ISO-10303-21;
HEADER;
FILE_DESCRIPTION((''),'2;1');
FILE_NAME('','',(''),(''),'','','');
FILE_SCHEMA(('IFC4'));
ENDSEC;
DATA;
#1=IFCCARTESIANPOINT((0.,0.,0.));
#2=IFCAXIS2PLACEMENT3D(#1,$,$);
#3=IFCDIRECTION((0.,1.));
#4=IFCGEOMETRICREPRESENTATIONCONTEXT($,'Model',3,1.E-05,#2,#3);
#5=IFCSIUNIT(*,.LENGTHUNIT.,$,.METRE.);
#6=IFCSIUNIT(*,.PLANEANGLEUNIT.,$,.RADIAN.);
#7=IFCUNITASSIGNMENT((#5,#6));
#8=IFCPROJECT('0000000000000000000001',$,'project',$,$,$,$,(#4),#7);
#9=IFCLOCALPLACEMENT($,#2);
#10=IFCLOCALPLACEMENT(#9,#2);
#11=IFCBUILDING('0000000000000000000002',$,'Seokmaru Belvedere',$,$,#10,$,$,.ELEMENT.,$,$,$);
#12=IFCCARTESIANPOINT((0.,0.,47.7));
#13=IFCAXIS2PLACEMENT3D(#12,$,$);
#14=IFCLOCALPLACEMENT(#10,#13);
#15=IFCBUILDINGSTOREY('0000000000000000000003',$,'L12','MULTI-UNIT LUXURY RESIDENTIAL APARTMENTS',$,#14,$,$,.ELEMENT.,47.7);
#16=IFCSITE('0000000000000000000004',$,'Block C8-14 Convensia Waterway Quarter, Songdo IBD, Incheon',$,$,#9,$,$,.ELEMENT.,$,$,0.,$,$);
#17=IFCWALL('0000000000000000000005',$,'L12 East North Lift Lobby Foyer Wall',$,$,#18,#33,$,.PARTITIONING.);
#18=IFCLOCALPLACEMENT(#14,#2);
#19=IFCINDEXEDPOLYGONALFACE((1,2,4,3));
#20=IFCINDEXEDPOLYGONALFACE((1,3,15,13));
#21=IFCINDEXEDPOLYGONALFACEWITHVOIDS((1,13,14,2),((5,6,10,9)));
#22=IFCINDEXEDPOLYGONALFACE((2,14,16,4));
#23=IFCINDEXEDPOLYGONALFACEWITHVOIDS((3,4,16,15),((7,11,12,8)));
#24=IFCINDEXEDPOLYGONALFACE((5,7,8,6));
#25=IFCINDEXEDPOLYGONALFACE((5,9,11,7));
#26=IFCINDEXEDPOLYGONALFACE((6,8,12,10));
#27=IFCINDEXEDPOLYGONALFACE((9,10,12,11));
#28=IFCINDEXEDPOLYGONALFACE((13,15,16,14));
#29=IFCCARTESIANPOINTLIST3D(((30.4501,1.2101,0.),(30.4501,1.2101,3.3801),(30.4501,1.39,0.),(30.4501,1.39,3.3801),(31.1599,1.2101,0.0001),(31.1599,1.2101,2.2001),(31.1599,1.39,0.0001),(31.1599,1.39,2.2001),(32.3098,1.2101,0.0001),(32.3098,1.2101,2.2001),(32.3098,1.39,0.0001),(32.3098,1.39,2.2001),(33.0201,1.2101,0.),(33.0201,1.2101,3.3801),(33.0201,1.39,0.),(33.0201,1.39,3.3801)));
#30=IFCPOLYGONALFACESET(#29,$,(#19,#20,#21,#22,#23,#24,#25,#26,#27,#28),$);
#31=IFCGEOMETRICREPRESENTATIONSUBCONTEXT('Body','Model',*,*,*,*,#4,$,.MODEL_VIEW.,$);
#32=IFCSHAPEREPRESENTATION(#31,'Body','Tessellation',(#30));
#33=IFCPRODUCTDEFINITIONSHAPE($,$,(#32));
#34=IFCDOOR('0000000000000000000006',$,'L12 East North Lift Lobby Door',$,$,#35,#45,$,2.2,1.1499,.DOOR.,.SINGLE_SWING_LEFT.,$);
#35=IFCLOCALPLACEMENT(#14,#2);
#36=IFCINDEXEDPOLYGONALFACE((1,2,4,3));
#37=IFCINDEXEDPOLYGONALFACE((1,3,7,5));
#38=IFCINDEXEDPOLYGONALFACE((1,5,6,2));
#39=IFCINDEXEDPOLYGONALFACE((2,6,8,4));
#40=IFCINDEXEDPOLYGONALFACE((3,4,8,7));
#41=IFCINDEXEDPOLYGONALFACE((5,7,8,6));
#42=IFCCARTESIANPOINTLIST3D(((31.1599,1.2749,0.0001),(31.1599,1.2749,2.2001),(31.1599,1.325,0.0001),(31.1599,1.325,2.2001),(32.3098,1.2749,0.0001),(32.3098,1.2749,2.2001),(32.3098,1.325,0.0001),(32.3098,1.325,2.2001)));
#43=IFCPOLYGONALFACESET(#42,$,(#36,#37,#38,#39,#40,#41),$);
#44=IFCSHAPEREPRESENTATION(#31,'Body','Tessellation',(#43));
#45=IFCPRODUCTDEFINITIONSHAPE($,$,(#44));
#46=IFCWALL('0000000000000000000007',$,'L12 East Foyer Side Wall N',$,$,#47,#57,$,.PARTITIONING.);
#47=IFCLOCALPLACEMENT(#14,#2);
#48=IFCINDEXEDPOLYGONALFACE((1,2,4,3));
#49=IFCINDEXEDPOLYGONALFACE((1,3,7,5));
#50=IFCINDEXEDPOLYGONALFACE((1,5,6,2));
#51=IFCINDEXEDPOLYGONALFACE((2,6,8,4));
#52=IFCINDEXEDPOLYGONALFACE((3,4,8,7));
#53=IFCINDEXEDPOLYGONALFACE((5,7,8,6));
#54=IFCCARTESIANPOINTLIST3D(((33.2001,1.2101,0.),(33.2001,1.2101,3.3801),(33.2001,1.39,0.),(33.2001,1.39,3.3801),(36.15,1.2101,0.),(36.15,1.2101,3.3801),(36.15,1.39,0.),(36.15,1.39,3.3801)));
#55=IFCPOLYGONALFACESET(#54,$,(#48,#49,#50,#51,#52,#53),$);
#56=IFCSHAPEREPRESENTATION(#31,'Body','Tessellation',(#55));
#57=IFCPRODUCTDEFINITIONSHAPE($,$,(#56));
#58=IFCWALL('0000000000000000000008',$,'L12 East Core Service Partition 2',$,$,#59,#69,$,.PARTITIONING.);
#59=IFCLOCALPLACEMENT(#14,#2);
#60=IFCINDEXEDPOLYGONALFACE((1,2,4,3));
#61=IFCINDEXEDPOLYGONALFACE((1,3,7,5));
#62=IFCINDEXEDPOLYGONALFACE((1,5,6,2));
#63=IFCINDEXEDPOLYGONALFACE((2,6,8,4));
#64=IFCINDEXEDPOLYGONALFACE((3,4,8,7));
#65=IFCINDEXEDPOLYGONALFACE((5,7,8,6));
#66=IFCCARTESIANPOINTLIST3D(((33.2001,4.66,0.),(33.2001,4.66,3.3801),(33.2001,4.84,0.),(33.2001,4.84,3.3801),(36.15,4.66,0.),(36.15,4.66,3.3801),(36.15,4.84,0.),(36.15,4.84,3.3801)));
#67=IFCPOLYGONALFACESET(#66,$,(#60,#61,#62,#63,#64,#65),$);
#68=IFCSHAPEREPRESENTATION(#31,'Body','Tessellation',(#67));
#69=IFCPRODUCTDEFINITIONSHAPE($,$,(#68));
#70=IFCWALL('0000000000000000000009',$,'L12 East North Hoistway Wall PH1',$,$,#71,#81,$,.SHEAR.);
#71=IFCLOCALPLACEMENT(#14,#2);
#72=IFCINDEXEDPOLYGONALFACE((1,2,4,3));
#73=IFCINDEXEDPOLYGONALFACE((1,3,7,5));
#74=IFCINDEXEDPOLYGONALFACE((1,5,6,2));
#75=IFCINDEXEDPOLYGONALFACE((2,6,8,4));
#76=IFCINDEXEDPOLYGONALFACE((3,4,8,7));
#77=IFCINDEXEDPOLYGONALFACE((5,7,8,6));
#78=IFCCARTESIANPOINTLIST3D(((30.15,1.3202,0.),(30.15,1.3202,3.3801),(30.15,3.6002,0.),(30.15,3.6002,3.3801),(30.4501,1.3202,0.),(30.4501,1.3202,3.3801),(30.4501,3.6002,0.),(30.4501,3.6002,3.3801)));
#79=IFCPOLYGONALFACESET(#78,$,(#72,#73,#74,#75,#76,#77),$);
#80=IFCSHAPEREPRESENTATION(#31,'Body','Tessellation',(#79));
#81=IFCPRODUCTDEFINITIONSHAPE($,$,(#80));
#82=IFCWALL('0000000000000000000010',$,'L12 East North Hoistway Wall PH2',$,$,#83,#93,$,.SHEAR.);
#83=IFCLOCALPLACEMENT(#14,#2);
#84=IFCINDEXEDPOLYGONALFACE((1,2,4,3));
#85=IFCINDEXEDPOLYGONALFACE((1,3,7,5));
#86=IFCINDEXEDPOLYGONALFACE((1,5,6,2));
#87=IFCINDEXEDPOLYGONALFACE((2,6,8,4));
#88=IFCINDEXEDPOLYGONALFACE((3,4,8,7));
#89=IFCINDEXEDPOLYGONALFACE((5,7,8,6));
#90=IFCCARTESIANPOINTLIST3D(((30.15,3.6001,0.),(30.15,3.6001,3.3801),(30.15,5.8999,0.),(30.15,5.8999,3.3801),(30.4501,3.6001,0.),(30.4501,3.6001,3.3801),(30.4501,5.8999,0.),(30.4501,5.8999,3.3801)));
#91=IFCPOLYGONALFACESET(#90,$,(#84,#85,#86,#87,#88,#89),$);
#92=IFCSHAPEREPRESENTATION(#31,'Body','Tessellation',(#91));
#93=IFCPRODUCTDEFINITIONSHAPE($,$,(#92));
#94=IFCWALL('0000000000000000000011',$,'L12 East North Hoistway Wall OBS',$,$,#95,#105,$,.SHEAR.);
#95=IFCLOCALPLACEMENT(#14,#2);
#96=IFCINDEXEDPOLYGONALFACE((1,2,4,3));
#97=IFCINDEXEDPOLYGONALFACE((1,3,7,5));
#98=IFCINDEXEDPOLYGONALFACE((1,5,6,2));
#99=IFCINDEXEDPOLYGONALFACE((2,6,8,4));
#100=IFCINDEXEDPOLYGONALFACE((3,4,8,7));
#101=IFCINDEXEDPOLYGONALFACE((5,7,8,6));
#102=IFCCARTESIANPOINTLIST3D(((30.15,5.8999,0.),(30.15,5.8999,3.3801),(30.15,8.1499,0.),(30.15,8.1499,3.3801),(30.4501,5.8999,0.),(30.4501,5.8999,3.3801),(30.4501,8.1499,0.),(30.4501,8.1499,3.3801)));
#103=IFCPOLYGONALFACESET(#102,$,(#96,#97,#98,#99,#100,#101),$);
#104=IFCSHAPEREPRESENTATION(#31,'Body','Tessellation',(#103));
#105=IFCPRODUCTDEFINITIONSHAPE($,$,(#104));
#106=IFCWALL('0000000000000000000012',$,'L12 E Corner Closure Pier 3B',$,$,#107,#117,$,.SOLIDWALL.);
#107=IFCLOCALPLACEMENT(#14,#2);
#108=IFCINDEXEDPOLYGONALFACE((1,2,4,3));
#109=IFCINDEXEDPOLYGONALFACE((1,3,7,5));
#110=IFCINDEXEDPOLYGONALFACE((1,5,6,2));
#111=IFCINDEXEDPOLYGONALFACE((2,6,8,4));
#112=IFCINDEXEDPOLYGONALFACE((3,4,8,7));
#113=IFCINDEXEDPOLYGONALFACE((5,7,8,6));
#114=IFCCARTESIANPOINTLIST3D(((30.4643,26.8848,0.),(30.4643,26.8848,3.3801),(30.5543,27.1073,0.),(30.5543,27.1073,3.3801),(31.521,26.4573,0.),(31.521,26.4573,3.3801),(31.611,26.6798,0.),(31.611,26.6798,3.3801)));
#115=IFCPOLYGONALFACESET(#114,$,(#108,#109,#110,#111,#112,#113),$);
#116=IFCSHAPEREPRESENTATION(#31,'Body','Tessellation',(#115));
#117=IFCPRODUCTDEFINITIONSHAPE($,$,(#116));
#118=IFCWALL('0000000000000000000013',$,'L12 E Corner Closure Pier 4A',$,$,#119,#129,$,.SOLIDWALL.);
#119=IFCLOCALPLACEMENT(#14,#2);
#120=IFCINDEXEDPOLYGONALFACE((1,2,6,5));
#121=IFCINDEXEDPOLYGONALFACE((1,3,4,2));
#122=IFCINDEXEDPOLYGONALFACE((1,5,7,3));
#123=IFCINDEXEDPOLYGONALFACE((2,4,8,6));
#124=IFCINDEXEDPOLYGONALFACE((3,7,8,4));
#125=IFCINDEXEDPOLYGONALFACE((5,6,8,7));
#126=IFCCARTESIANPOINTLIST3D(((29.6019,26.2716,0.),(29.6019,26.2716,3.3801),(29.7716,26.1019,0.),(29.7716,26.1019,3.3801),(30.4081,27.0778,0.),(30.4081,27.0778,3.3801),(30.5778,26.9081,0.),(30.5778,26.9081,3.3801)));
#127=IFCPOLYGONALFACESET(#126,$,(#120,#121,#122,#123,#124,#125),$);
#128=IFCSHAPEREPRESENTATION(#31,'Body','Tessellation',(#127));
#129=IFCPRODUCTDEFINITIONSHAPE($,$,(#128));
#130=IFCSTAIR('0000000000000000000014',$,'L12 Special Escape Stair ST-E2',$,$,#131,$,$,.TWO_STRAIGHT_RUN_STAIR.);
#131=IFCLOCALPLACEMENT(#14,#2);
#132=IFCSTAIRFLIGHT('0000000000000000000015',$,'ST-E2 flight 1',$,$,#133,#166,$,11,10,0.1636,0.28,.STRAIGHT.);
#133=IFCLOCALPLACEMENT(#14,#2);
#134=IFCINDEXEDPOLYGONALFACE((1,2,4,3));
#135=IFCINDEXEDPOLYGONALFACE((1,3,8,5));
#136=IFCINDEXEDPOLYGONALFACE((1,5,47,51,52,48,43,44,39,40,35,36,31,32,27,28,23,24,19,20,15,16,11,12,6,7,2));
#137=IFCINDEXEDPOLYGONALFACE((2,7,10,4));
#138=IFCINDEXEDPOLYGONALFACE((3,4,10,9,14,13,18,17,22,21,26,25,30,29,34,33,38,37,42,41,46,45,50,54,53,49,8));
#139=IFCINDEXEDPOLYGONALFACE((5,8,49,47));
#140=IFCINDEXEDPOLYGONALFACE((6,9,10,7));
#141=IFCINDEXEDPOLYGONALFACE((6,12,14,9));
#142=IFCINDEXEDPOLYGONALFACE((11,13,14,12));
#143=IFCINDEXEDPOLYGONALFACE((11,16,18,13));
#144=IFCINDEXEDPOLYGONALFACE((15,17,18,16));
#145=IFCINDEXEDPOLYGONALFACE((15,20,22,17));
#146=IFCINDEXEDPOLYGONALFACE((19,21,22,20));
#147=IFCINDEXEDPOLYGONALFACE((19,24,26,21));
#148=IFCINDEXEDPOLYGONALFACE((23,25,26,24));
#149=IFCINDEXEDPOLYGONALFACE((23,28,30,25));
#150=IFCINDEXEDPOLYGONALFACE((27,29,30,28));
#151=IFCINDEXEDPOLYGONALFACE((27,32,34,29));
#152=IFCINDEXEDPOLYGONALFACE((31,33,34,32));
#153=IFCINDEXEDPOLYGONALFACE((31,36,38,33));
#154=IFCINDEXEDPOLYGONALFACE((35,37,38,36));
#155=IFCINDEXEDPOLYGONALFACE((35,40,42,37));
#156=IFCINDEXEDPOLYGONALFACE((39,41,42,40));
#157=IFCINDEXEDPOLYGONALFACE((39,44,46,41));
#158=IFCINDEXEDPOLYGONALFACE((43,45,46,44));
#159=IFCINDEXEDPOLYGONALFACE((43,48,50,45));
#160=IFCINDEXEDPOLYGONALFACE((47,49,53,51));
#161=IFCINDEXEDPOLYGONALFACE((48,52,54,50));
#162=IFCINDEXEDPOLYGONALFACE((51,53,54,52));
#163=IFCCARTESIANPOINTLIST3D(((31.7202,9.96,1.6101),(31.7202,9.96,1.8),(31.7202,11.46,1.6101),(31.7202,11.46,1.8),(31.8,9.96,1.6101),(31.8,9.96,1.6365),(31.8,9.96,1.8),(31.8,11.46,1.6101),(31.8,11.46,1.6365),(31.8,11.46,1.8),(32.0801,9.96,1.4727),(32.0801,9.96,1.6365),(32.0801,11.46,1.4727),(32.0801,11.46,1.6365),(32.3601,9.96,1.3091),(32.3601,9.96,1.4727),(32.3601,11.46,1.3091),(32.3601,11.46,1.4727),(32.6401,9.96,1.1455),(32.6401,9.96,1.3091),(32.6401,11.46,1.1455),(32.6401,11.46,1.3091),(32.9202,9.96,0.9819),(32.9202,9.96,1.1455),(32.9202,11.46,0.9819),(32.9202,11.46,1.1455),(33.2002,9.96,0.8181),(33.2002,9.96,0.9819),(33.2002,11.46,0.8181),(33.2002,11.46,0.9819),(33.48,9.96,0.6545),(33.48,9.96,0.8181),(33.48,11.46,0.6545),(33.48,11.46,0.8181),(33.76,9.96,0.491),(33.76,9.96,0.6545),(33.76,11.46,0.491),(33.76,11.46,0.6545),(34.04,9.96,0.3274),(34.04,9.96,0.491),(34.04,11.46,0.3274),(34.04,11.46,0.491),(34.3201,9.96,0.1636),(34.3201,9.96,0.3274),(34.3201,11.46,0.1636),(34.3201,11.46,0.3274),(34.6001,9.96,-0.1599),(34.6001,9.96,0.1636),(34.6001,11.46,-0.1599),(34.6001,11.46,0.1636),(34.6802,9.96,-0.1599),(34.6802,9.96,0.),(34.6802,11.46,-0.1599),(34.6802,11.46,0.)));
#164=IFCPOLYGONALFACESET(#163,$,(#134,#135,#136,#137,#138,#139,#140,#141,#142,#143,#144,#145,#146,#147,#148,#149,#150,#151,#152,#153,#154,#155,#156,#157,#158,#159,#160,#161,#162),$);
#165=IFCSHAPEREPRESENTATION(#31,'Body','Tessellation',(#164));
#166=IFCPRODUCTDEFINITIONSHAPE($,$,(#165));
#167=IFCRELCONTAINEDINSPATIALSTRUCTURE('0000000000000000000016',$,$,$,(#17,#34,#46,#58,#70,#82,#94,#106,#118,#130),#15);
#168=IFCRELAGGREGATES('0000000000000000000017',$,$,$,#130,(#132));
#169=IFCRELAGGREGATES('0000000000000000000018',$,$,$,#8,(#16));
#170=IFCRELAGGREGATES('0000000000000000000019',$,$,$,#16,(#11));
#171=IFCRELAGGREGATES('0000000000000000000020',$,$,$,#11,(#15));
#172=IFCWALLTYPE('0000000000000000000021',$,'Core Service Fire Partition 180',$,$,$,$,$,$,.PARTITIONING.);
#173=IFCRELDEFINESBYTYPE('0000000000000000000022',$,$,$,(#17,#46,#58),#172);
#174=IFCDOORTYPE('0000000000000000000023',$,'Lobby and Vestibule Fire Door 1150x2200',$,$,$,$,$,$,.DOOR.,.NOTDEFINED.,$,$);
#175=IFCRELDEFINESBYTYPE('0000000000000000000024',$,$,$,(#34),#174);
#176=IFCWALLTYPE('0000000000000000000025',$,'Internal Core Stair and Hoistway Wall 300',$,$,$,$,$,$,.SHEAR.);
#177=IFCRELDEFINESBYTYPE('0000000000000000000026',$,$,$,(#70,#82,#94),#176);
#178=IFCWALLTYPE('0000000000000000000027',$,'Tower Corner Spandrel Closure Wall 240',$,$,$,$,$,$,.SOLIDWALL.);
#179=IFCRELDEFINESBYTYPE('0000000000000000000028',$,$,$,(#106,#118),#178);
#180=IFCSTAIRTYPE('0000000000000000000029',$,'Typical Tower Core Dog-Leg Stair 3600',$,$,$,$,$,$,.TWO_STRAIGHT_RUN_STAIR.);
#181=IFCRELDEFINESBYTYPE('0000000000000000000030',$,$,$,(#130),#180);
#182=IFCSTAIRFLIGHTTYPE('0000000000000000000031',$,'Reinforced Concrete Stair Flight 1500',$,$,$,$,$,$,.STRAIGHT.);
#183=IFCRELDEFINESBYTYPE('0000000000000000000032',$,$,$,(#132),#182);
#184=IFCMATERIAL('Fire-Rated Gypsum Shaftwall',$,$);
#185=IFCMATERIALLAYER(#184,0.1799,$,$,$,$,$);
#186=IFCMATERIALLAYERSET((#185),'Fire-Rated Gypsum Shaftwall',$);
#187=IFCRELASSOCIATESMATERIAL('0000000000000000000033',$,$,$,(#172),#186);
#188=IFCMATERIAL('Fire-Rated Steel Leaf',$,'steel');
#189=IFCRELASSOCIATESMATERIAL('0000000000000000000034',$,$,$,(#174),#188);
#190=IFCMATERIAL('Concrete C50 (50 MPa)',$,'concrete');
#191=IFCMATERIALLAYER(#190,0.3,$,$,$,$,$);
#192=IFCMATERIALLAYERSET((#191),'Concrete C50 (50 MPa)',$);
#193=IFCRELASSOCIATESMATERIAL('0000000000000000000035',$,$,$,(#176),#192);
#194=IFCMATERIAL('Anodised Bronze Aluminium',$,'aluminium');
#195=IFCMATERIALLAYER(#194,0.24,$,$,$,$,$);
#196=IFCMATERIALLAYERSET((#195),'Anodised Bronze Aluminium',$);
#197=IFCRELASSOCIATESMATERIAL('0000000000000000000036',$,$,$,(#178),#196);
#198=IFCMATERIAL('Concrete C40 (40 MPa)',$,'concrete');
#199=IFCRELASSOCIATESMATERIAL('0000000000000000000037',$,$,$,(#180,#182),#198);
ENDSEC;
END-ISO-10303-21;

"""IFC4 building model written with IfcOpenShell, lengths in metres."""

from ifc_helpers import new_model, si_unit, direction, frame, frame_2d, origin, place, context, subcontext, project, spatial, polyline, rectangle, outline, extrude, source, transform, mapped, material, layer, layer_set, type_object, type_shapes, element, fill, aggregate, save


model = new_model("IFC4")

# Units and contexts
model_context = context("Model", 3, precision=1e-05, world=origin(), true_north=direction((0.0, 1.0)))
body_context = subcontext(model_context, "Body", "Model", "MODEL_VIEW")
ifc_project = project(units=[si_unit("LENGTHUNIT", "METRE"), si_unit("PLANEANGLEUNIT", "RADIAN")], contexts=[model_context])

# Site, building, storey
site_placement = place(None, origin())
site = spatial("IfcSite", under=ifc_project, at=site_placement, Name="Block C8-14 Convensia Waterway Quarter, Songdo IBD, Incheon", CompositionType="ELEMENT", RefElevation=0.0)
building_placement = place(site_placement, origin())
building = spatial("IfcBuilding", under=site, at=building_placement, Name="Seokmaru Belvedere", CompositionType="ELEMENT")
storey_placement = place(building_placement, frame((0.0, 0.0, 47.7)))
storey = spatial("IfcBuildingStorey", under=building, at=storey_placement, Name="L12", Description="MULTI-UNIT LUXURY RESIDENTIAL APARTMENTS", CompositionType="ELEMENT", Elevation=47.7)

# Shared definitions
ifc_material_1 = material(Name="Anodised Bronze Aluminium", Category="aluminium")

# Shared definitions
ifc_material_2 = material(Name="Fire-Rated Gypsum Shaftwall")
ifc_layer_1 = layer(ifc_material_2, 0.1799)
ifc_layer_set_1 = layer_set([ifc_layer_1], Name="Fire-Rated Gypsum Shaftwall")
wall_type_1 = type_object("IfcWallType", Name="Core Service Fire Partition 180", PredefinedType="PARTITIONING", material=ifc_layer_set_1)

# Wall, opening, door
wall_1_placement = place(storey_placement, frame((30.45, 1.3, 0.0), z_axis=(0.0, 0.0, 1.0), x_axis=(1.0, 0.0, 0.0)))
wall_1 = element("IfcWall", 1, at=wall_1_placement, inside=storey, type_object=wall_type_1, Name="L12 East North Lift Lobby Foyer Wall", PredefinedType="PARTITIONING", context=body_context, shape_type="SweptSolid", body=[
    extrude(rectangle(XDim=2.5701, YDim=0.1799, at=frame_2d((1.2852, 0.0))), origin(), (0.0, 0.0, 1.0), 3.3801),
])
opening_1_placement = place(wall_1_placement, frame((0.71, 0.0, 0.0)))
opening_1 = element("IfcOpeningElement", 2, at=opening_1_placement, cuts=wall_1, PredefinedType="OPENING", context=body_context, shape_type="SweptSolid", body=[
    extrude(rectangle(XDim=1.1499, YDim=2.2, at=frame_2d((0.575, 1.1001))), frame((0.0, 0.1001, 0.0), z_axis=(0.0, -1.0, 0.0), x_axis=(1.0, 0.0, 0.0)), (0.0, 0.0, 1.0), 0.2),
])
ifc_material_3 = material(Name="Fire-Rated Steel Leaf", Category="steel")
door_type_1 = type_object("IfcDoorType", Name="Lobby and Vestibule Fire Door 1150x2200", OperationType="NOTDEFINED", PredefinedType="DOOR", material=ifc_material_3)
shared_shape_1 = source(origin(), body_context, "Body", "SweptSolid", [
    extrude(rectangle(XDim=1.1499, YDim=2.2, at=frame_2d((0.575, 1.1001))), frame((0.0, 0.0249, 0.0), z_axis=(0.0, -1.0, 0.0), x_axis=(1.0, 0.0, 0.0)), (0.0, 0.0, 1.0), 0.05),
])
type_shapes(door_type_1, [shared_shape_1])
door_1_placement = place(opening_1_placement, origin())
door_1 = element("IfcDoor", 3, at=door_1_placement, inside=storey, type_object=door_type_1, Name="L12 East North Lift Lobby Door", OperationType="SINGLE_SWING_LEFT", OverallHeight=2.2, OverallWidth=1.1499, PredefinedType="DOOR", context=body_context, shape_type="MappedRepresentation", body=[
    mapped(shared_shape_1, transform((0.0, 0.0, 0.0), scale=1.0)),
])
fill(opening_1, door_1)

# Walls
for number, where, z_axis, x_axis, name in (
    (4, (33.2, 1.3, 0.0), (0.0, 0.0, 1.0), (1.0, 0.0, 0.0), "L12 East Foyer Side Wall N"),
    (5, (33.2, 4.75, 0.0), (0.0, 0.0, 1.0), (1.0, 0.0, 0.0), "L12 East Core Service Partition 2"),
):
    element("IfcWall", number, at=place(storey_placement, frame(where, z_axis=z_axis, x_axis=x_axis)), inside=storey, type_object=wall_type_1, Name=name, PredefinedType="PARTITIONING", context=body_context, shape_type="SweptSolid", body=[
        extrude(rectangle(XDim=2.95, YDim=0.1799, at=frame_2d((1.4751, 0.0))), origin(), (0.0, 0.0, 1.0), 3.3801),
    ])
ifc_material_4 = material(Name="Concrete C50 (50 MPa)", Category="concrete")
ifc_layer_2 = layer(ifc_material_4, 0.3)
ifc_layer_set_2 = layer_set([ifc_layer_2], Name="Concrete C50 (50 MPa)")
wall_type_2 = type_object("IfcWallType", Name="Internal Core Stair and Hoistway Wall 300", PredefinedType="SHEAR", material=ifc_layer_set_2)
wall_2_placement = place(storey_placement, frame((30.3, 1.3201, 0.0), z_axis=(0.0, 0.0, 1.0), x_axis=(0.0, 1.0, 0.0)))
element("IfcWall", 6, at=wall_2_placement, inside=storey, type_object=wall_type_2, Name="L12 East North Hoistway Wall PH1", PredefinedType="SHEAR", context=body_context, shape_type="SweptSolid", body=[
    extrude(rectangle(XDim=2.28, YDim=0.3, at=frame_2d((1.1401, 0.0))), origin(), (0.0, 0.0, 1.0), 3.3801),
])
wall_3_placement = place(storey_placement, frame((30.3, 3.6001, 0.0), z_axis=(0.0, 0.0, 1.0), x_axis=(0.0, 1.0, 0.0)))
element("IfcWall", 7, at=wall_3_placement, inside=storey, type_object=wall_type_2, Name="L12 East North Hoistway Wall PH2", PredefinedType="SHEAR", context=body_context, shape_type="SweptSolid", body=[
    extrude(rectangle(XDim=2.2998, YDim=0.3, at=frame_2d((1.1499, 0.0))), origin(), (0.0, 0.0, 1.0), 3.3801),
])
wall_4_placement = place(storey_placement, frame((30.3, 5.8999, 0.0), z_axis=(0.0, 0.0, 1.0), x_axis=(0.0, 1.0, 0.0)))
element("IfcWall", 8, at=wall_4_placement, inside=storey, type_object=wall_type_2, Name="L12 East North Hoistway Wall OBS", PredefinedType="SHEAR", context=body_context, shape_type="SweptSolid", body=[
    extrude(rectangle(XDim=2.25, YDim=0.3, at=frame_2d((1.125, 0.0))), origin(), (0.0, 0.0, 1.0), 3.3801),
])

# Walls
ifc_layer_3 = layer(ifc_material_1, 0.24)
ifc_layer_set_3 = layer_set([ifc_layer_3], Name="Anodised Bronze Aluminium")
wall_type_3 = type_object("IfcWallType", Name="Tower Corner Spandrel Closure Wall 240", PredefinedType="SOLIDWALL", material=ifc_layer_set_3)
wall_5_placement = place(storey_placement, frame((31.5659, 26.5686, 0.0), z_axis=(0.0, 0.0, 1.0), x_axis=(-0.927007, 0.375044, 0.0)))
element("IfcWall", 9, at=wall_5_placement, inside=storey, type_object=wall_type_3, Name="L12 E Corner Closure Pier 3B", PredefinedType="SOLIDWALL", context=body_context, shape_type="SweptSolid", body=[
    extrude(rectangle(XDim=1.1399, YDim=0.24, at=frame_2d((0.5698, 0.0))), origin(), (0.0, 0.0, 1.0), 3.3801),
])
wall_6_placement = place(storey_placement, frame((30.4929, 26.9929, 0.0), z_axis=(0.0, 0.0, 1.0), x_axis=(-0.707107, -0.707107, 0.0)))
element("IfcWall", 10, at=wall_6_placement, inside=storey, type_object=wall_type_3, Name="L12 E Corner Closure Pier 4A", PredefinedType="SOLIDWALL", context=body_context, shape_type="SweptSolid", body=[
    extrude(rectangle(XDim=1.1401, YDim=0.24, at=frame_2d((0.5701, 0.0))), origin(), (0.0, 0.0, 1.0), 3.3801),
])

# Stair, stair flight
ifc_material_5 = material(Name="Concrete C40 (40 MPa)", Category="concrete")
stair_type = type_object("IfcStairType", Name="Typical Tower Core Dog-Leg Stair 3600", PredefinedType="TWO_STRAIGHT_RUN_STAIR", material=ifc_material_5)
stair_placement = place(storey_placement, origin())
stair = element("IfcStair", 11, at=stair_placement, inside=storey, type_object=stair_type, Name="L12 Special Escape Stair ST-E2", PredefinedType="TWO_STRAIGHT_RUN_STAIR")
stair_flight_type = type_object("IfcStairFlightType", Name="Reinforced Concrete Stair Flight 1500", PredefinedType="STRAIGHT", material=ifc_material_5)
stair_flight_1_placement = place(storey_placement, frame((34.6001, 10.71, 0.0), z_axis=(0.0, 0.0, 1.0), x_axis=(-1.0, 0.0, 0.0)))
stair_flight_1 = element("IfcStairFlight", 12, at=stair_flight_1_placement, type_object=stair_flight_type, Name="ST-E2 flight 1", NumberOfRisers=11, NumberOfTreads=10, PredefinedType="STRAIGHT", RiserHeight=0.1636, TreadLength=0.28, context=body_context, shape_type="SweptSolid", body=[
    extrude(outline(polyline([(-0.0801, 0.0), (0.0, 0.1636), (0.28, 0.1636), (0.28, 0.3274), (0.5601, 0.3274), (0.5601, 0.491), (0.8401, 0.491), (0.8401, 0.6545), (1.1201, 0.6545), (1.1201, 0.8181), (1.3999, 0.8181), (1.3999, 0.9819), (1.6799, 0.9819), (1.6799, 1.1455), (1.96, 1.1455), (1.96, 1.3091), (2.24, 1.3091), (2.24, 1.4727), (2.52, 1.4727), (2.52, 1.6365), (2.8, 1.6365), (2.8, 1.8), (2.8799, 1.8), (2.8799, 1.6101), (2.8, 1.6101), (0.0, -0.1599), (-0.0801, -0.1599), (-0.0801, 0.0)])), frame((0.0, 0.75, 0.0), z_axis=(0.0, -1.0, 0.0), x_axis=(1.0, 0.0, 0.0)), (0.0, 0.0, 1.0), 1.5),
])
aggregate(stair, [stair_flight_1])

save(model, "model.ifc")
